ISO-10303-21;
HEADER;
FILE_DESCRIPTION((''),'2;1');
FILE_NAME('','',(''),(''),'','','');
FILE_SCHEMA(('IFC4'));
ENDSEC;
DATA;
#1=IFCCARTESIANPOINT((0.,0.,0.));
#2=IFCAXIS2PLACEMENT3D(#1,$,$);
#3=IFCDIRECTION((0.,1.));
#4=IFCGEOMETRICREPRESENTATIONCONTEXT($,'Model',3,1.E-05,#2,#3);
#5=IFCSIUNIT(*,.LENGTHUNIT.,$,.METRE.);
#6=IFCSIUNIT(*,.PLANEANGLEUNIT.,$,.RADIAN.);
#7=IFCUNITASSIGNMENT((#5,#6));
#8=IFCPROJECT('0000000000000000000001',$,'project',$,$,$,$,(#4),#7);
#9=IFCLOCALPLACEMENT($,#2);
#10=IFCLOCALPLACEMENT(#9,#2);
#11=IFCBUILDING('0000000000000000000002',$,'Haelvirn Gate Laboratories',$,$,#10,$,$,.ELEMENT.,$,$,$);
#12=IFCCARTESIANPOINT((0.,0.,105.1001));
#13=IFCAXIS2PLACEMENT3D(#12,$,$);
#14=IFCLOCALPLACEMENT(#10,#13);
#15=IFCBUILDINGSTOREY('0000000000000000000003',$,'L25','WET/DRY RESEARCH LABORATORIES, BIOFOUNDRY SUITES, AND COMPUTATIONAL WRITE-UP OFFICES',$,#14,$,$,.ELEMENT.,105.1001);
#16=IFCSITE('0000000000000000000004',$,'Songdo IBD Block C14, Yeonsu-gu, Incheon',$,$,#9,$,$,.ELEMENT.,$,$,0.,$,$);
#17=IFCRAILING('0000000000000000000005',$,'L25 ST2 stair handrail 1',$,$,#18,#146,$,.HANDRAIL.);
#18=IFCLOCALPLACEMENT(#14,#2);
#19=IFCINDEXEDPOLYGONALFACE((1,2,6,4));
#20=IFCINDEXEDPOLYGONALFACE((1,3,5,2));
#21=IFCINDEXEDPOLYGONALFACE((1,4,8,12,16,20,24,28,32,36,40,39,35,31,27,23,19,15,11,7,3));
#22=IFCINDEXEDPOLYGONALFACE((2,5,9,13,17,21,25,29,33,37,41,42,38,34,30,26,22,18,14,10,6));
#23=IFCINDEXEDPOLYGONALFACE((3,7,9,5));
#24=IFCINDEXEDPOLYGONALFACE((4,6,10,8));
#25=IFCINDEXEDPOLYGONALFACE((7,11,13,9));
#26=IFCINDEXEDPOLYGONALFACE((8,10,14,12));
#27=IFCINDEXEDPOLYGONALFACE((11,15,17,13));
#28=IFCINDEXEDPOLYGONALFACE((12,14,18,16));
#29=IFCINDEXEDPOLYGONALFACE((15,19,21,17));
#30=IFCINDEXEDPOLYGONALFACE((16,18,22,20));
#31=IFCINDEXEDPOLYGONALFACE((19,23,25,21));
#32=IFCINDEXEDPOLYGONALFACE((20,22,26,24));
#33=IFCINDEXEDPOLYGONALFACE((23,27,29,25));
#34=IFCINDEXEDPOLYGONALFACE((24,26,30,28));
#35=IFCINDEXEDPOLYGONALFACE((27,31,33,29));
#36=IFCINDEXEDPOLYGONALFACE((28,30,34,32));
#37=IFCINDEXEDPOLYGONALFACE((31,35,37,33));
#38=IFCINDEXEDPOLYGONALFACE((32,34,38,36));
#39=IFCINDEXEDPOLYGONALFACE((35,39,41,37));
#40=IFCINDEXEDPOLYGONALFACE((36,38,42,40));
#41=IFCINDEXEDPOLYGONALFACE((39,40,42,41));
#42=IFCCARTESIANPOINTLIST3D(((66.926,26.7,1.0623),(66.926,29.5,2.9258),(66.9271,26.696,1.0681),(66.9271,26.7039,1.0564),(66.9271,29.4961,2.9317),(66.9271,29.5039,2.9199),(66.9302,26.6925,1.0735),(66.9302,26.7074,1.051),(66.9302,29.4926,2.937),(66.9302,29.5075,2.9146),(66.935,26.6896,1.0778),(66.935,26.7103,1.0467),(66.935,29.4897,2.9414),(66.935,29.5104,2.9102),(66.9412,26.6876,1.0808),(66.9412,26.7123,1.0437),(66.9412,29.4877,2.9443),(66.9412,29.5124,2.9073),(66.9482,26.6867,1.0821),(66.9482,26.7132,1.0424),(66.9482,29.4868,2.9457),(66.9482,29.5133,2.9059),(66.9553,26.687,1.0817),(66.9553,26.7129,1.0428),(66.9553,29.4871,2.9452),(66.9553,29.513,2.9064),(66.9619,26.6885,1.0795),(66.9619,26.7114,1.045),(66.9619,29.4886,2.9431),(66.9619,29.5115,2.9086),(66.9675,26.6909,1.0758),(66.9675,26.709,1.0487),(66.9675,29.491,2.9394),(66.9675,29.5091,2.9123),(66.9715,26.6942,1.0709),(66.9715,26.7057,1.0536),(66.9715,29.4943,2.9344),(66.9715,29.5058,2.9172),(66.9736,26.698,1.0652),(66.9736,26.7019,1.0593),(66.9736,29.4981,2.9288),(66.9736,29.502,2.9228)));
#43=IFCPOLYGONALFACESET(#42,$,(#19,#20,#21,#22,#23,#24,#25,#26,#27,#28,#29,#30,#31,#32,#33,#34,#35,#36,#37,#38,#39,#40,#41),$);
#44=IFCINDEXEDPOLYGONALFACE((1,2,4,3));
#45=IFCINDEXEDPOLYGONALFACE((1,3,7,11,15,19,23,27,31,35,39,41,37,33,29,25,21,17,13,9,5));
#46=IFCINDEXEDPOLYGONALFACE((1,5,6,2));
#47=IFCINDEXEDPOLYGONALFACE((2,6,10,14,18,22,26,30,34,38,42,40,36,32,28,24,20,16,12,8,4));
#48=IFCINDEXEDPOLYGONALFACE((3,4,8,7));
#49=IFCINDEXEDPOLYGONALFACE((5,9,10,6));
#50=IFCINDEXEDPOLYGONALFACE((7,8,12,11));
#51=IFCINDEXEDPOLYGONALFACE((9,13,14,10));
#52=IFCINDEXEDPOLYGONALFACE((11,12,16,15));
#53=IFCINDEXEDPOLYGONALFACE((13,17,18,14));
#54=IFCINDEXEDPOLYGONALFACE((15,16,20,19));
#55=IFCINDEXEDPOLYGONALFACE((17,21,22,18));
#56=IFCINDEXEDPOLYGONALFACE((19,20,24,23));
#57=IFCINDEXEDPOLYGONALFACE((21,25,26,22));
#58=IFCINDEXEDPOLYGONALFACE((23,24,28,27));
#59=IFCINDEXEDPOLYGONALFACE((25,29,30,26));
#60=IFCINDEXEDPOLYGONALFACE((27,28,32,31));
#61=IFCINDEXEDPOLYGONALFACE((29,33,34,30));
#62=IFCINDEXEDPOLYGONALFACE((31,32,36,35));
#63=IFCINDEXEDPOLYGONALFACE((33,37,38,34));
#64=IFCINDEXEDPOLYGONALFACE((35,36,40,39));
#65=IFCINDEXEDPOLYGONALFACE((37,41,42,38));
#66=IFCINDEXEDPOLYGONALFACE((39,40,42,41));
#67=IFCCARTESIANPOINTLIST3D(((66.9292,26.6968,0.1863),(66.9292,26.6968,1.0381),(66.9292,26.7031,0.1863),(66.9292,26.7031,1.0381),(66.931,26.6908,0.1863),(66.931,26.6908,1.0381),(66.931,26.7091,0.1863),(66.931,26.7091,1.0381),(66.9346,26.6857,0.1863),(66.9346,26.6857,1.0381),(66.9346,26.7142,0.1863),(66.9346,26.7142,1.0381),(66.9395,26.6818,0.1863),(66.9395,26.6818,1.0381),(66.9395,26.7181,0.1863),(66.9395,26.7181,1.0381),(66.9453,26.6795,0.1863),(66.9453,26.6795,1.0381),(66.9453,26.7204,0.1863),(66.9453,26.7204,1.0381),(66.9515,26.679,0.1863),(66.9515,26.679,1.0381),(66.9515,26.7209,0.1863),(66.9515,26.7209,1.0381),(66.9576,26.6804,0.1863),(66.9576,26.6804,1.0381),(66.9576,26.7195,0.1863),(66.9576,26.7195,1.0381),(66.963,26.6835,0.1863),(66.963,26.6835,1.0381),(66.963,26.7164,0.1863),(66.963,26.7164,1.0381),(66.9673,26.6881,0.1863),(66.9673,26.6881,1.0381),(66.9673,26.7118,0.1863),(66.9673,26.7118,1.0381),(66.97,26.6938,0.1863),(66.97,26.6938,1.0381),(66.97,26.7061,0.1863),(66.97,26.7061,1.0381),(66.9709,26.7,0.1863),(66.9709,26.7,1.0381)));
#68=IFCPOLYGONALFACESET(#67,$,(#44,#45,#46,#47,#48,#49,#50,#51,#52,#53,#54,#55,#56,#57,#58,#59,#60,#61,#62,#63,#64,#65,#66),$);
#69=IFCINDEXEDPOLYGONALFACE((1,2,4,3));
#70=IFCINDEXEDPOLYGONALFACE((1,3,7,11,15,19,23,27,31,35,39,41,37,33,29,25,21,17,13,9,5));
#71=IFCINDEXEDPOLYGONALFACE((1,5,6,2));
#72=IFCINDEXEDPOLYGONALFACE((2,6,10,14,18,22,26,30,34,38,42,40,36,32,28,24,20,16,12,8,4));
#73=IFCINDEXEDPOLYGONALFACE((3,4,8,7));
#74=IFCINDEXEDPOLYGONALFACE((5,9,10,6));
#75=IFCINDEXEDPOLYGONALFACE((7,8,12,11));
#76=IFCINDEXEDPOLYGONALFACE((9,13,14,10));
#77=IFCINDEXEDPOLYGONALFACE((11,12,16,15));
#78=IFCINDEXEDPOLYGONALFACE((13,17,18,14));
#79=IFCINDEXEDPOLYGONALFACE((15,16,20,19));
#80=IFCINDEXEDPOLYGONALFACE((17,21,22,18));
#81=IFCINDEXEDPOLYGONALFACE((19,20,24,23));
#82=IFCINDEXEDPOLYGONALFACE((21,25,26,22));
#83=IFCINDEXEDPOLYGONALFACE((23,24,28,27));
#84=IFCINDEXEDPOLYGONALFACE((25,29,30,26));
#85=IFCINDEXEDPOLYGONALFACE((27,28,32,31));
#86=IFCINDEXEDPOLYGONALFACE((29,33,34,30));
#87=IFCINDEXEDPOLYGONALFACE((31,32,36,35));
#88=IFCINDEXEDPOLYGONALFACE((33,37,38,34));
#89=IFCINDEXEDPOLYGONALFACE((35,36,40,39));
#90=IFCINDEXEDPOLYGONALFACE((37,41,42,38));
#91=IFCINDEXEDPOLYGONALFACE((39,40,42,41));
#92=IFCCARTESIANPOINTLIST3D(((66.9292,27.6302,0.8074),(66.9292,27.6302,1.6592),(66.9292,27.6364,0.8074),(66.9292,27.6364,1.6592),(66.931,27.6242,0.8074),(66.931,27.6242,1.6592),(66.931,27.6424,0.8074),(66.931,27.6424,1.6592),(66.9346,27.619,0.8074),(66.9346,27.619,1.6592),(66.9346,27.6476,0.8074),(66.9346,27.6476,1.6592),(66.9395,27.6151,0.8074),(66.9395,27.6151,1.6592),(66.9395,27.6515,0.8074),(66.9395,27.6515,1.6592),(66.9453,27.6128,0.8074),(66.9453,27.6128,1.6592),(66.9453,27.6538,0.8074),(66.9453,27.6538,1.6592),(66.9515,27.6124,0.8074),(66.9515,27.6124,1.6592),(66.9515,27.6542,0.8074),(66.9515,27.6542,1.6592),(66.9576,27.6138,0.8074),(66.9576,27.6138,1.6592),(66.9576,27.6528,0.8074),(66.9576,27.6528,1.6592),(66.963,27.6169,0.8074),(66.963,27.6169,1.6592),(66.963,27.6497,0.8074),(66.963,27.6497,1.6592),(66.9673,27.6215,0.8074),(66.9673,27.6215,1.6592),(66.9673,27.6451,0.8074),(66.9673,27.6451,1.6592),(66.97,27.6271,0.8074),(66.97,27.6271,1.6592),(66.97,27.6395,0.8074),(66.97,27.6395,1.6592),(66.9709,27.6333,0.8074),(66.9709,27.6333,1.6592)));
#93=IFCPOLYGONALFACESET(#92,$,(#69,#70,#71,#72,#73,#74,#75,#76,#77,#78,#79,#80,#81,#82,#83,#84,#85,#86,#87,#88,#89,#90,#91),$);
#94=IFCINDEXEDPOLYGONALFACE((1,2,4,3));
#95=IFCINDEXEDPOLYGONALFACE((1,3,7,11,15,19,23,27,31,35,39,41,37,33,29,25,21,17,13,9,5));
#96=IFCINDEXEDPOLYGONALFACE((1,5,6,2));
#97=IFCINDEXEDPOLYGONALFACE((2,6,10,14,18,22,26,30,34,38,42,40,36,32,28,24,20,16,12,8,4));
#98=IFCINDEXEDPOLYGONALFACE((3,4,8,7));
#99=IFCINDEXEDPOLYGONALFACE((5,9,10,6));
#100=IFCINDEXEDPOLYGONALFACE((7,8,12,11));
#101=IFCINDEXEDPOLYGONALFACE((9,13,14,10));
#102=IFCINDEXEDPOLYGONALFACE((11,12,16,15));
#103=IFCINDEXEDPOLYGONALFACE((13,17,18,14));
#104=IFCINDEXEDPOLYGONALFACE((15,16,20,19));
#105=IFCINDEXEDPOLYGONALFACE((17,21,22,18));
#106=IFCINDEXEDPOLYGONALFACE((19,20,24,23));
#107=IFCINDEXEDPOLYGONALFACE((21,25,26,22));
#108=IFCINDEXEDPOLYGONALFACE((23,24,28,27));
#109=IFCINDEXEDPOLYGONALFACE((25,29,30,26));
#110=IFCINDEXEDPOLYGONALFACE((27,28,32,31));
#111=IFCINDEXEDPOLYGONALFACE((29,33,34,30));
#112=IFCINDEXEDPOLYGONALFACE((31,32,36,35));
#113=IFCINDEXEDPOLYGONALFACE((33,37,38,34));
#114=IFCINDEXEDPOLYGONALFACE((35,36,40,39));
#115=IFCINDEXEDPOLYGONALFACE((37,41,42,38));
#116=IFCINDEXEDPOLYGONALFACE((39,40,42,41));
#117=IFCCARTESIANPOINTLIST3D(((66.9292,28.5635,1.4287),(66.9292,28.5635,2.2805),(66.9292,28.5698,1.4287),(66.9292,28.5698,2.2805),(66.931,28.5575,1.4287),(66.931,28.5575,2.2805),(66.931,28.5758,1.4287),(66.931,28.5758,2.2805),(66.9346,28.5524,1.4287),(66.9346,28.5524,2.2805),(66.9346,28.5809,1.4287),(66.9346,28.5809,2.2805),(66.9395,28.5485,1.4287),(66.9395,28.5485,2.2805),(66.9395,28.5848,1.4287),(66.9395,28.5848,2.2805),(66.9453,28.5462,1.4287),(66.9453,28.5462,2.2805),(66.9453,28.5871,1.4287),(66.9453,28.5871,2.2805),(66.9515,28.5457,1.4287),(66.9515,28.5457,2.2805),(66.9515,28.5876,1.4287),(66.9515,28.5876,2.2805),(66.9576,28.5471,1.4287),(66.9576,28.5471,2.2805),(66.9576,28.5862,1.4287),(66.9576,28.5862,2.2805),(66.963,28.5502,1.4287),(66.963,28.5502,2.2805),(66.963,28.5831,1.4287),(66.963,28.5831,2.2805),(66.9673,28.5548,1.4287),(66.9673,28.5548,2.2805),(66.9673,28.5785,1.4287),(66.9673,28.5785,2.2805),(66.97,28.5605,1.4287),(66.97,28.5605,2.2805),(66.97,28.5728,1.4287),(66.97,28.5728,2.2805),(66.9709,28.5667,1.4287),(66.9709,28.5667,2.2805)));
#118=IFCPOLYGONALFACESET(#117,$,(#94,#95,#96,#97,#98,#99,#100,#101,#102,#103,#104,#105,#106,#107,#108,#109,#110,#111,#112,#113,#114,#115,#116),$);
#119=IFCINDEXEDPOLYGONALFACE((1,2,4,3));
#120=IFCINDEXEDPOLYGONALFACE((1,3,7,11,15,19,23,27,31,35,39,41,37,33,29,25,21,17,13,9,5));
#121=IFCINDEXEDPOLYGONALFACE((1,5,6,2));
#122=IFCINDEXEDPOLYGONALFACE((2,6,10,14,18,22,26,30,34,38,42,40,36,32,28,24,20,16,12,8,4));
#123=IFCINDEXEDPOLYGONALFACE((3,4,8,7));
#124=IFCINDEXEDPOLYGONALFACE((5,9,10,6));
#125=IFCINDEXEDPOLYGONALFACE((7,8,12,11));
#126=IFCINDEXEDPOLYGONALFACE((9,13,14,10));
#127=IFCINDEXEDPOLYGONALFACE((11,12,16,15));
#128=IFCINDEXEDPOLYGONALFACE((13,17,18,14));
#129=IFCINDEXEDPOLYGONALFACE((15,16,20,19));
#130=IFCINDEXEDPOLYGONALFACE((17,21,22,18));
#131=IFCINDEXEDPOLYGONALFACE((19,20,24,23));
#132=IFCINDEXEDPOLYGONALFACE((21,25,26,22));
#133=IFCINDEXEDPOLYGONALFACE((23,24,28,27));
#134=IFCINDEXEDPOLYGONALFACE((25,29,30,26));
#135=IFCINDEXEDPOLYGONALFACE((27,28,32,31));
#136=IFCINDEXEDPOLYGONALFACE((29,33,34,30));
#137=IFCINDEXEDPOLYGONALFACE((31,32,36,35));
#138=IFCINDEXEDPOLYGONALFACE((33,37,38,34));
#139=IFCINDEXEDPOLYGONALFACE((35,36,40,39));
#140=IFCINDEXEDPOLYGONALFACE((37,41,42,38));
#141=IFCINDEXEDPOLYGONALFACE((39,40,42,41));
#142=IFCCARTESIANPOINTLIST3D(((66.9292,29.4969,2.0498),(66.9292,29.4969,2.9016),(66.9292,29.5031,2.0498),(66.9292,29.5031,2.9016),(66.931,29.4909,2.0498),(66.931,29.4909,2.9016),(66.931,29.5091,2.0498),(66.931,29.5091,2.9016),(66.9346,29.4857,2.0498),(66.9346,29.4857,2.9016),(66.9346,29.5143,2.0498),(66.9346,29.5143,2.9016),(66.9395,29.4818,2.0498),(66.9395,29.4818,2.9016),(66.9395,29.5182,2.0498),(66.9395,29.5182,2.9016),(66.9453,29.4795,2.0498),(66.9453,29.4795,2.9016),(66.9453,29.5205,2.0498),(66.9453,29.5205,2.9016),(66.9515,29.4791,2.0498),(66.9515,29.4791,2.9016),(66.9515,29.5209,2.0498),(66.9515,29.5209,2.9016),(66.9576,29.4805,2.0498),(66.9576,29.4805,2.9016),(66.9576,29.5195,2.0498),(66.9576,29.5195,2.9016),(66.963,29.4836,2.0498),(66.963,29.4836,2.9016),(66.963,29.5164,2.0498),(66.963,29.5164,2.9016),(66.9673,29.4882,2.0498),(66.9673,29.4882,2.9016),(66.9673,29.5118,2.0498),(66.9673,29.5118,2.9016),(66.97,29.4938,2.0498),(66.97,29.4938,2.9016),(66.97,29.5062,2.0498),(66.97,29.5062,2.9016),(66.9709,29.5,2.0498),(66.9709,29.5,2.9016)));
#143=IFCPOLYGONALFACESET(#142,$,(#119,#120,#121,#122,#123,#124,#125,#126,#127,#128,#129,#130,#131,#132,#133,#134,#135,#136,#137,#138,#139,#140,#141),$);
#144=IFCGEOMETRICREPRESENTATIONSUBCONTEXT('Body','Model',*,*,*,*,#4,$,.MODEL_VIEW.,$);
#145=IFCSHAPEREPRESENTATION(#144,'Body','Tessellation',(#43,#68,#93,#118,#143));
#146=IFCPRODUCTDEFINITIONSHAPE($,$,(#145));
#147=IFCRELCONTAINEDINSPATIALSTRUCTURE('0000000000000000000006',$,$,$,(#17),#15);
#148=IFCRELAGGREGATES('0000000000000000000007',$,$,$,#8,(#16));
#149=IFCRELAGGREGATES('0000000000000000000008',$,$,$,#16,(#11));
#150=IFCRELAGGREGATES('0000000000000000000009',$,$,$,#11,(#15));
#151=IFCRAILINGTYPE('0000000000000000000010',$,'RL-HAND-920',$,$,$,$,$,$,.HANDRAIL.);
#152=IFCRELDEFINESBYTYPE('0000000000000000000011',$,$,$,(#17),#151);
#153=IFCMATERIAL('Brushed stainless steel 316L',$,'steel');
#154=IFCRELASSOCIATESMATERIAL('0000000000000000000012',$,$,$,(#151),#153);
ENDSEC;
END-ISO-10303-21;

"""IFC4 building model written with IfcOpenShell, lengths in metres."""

from ifc_helpers import new_model, si_unit, direction, frame, origin, origin_2d, place, context, subcontext, project, spatial, circle, extrude, source, transform, mapped, material, type_object, element, save


model = new_model("IFC4")

# Units and contexts
model_context = context("Model", 3, precision=1e-05, world=origin(), true_north=direction((0.0, 1.0)))
body_context = subcontext(model_context, "Body", "Model", "MODEL_VIEW")
ifc_project = project(units=[si_unit("LENGTHUNIT", "METRE"), si_unit("PLANEANGLEUNIT", "RADIAN")], contexts=[model_context])

# Site, building, storey
site_placement = place(None, origin())
site = spatial("IfcSite", under=ifc_project, at=site_placement, Name="Songdo IBD Block C14, Yeonsu-gu, Incheon", CompositionType="ELEMENT", RefElevation=0.0)
building_placement = place(site_placement, origin())
building = spatial("IfcBuilding", under=site, at=building_placement, Name="Haelvirn Gate Laboratories", CompositionType="ELEMENT")
storey_placement = place(building_placement, frame((0.0, 0.0, 105.1001)))
storey = spatial("IfcBuildingStorey", under=building, at=storey_placement, Name="L25", Description="WET/DRY RESEARCH LABORATORIES, BIOFOUNDRY SUITES, AND COMPUTATIONAL WRITE-UP OFFICES", CompositionType="ELEMENT", Elevation=105.1001)

# Railing
ifc_material_1 = material(Name="Brushed stainless steel 316L", Category="steel")
railing_type_1 = type_object("IfcRailingType", Name="RL-HAND-920", PredefinedType="HANDRAIL", material=ifc_material_1)
shared_shape_1 = source(origin(), body_context, "Body", "SweptSolid", [
    extrude(circle(Radius=0.0239, at=origin_2d()), frame((0.0, 0.0, 0.876), z_axis=(0.0, 0.832486, 0.554047), x_axis=(-1.0, 0.0, 0.0)), (0.0, 0.0, 1.0), 3.3635),
    extrude(circle(Radius=0.021, at=origin_2d()), origin(), (0.0, 0.0, 1.0), 0.8518),
    extrude(circle(Radius=0.021, at=origin_2d()), frame((0.0, 0.9333, 0.6211)), (0.0, 0.0, 1.0), 0.8518),
    extrude(circle(Radius=0.021, at=origin_2d()), frame((0.0, 1.8667, 1.2424)), (0.0, 0.0, 1.0), 0.8518),
    extrude(circle(Radius=0.021, at=origin_2d()), frame((0.0, 2.8, 1.8635)), (0.0, 0.0, 1.0), 0.8518),
])
railing_1_placement = place(storey_placement, frame((66.95, 26.7, 0.1863)))
element("IfcRailing", 1, at=railing_1_placement, inside=storey, type_object=railing_type_1, Name="L25 ST2 stair handrail 1", PredefinedType="HANDRAIL", context=body_context, shape_type="MappedRepresentation", body=[
    mapped(shared_shape_1, transform((0.0, 0.0, 0.0), scale=1.0)),
])

save(model, "model.ifc")
